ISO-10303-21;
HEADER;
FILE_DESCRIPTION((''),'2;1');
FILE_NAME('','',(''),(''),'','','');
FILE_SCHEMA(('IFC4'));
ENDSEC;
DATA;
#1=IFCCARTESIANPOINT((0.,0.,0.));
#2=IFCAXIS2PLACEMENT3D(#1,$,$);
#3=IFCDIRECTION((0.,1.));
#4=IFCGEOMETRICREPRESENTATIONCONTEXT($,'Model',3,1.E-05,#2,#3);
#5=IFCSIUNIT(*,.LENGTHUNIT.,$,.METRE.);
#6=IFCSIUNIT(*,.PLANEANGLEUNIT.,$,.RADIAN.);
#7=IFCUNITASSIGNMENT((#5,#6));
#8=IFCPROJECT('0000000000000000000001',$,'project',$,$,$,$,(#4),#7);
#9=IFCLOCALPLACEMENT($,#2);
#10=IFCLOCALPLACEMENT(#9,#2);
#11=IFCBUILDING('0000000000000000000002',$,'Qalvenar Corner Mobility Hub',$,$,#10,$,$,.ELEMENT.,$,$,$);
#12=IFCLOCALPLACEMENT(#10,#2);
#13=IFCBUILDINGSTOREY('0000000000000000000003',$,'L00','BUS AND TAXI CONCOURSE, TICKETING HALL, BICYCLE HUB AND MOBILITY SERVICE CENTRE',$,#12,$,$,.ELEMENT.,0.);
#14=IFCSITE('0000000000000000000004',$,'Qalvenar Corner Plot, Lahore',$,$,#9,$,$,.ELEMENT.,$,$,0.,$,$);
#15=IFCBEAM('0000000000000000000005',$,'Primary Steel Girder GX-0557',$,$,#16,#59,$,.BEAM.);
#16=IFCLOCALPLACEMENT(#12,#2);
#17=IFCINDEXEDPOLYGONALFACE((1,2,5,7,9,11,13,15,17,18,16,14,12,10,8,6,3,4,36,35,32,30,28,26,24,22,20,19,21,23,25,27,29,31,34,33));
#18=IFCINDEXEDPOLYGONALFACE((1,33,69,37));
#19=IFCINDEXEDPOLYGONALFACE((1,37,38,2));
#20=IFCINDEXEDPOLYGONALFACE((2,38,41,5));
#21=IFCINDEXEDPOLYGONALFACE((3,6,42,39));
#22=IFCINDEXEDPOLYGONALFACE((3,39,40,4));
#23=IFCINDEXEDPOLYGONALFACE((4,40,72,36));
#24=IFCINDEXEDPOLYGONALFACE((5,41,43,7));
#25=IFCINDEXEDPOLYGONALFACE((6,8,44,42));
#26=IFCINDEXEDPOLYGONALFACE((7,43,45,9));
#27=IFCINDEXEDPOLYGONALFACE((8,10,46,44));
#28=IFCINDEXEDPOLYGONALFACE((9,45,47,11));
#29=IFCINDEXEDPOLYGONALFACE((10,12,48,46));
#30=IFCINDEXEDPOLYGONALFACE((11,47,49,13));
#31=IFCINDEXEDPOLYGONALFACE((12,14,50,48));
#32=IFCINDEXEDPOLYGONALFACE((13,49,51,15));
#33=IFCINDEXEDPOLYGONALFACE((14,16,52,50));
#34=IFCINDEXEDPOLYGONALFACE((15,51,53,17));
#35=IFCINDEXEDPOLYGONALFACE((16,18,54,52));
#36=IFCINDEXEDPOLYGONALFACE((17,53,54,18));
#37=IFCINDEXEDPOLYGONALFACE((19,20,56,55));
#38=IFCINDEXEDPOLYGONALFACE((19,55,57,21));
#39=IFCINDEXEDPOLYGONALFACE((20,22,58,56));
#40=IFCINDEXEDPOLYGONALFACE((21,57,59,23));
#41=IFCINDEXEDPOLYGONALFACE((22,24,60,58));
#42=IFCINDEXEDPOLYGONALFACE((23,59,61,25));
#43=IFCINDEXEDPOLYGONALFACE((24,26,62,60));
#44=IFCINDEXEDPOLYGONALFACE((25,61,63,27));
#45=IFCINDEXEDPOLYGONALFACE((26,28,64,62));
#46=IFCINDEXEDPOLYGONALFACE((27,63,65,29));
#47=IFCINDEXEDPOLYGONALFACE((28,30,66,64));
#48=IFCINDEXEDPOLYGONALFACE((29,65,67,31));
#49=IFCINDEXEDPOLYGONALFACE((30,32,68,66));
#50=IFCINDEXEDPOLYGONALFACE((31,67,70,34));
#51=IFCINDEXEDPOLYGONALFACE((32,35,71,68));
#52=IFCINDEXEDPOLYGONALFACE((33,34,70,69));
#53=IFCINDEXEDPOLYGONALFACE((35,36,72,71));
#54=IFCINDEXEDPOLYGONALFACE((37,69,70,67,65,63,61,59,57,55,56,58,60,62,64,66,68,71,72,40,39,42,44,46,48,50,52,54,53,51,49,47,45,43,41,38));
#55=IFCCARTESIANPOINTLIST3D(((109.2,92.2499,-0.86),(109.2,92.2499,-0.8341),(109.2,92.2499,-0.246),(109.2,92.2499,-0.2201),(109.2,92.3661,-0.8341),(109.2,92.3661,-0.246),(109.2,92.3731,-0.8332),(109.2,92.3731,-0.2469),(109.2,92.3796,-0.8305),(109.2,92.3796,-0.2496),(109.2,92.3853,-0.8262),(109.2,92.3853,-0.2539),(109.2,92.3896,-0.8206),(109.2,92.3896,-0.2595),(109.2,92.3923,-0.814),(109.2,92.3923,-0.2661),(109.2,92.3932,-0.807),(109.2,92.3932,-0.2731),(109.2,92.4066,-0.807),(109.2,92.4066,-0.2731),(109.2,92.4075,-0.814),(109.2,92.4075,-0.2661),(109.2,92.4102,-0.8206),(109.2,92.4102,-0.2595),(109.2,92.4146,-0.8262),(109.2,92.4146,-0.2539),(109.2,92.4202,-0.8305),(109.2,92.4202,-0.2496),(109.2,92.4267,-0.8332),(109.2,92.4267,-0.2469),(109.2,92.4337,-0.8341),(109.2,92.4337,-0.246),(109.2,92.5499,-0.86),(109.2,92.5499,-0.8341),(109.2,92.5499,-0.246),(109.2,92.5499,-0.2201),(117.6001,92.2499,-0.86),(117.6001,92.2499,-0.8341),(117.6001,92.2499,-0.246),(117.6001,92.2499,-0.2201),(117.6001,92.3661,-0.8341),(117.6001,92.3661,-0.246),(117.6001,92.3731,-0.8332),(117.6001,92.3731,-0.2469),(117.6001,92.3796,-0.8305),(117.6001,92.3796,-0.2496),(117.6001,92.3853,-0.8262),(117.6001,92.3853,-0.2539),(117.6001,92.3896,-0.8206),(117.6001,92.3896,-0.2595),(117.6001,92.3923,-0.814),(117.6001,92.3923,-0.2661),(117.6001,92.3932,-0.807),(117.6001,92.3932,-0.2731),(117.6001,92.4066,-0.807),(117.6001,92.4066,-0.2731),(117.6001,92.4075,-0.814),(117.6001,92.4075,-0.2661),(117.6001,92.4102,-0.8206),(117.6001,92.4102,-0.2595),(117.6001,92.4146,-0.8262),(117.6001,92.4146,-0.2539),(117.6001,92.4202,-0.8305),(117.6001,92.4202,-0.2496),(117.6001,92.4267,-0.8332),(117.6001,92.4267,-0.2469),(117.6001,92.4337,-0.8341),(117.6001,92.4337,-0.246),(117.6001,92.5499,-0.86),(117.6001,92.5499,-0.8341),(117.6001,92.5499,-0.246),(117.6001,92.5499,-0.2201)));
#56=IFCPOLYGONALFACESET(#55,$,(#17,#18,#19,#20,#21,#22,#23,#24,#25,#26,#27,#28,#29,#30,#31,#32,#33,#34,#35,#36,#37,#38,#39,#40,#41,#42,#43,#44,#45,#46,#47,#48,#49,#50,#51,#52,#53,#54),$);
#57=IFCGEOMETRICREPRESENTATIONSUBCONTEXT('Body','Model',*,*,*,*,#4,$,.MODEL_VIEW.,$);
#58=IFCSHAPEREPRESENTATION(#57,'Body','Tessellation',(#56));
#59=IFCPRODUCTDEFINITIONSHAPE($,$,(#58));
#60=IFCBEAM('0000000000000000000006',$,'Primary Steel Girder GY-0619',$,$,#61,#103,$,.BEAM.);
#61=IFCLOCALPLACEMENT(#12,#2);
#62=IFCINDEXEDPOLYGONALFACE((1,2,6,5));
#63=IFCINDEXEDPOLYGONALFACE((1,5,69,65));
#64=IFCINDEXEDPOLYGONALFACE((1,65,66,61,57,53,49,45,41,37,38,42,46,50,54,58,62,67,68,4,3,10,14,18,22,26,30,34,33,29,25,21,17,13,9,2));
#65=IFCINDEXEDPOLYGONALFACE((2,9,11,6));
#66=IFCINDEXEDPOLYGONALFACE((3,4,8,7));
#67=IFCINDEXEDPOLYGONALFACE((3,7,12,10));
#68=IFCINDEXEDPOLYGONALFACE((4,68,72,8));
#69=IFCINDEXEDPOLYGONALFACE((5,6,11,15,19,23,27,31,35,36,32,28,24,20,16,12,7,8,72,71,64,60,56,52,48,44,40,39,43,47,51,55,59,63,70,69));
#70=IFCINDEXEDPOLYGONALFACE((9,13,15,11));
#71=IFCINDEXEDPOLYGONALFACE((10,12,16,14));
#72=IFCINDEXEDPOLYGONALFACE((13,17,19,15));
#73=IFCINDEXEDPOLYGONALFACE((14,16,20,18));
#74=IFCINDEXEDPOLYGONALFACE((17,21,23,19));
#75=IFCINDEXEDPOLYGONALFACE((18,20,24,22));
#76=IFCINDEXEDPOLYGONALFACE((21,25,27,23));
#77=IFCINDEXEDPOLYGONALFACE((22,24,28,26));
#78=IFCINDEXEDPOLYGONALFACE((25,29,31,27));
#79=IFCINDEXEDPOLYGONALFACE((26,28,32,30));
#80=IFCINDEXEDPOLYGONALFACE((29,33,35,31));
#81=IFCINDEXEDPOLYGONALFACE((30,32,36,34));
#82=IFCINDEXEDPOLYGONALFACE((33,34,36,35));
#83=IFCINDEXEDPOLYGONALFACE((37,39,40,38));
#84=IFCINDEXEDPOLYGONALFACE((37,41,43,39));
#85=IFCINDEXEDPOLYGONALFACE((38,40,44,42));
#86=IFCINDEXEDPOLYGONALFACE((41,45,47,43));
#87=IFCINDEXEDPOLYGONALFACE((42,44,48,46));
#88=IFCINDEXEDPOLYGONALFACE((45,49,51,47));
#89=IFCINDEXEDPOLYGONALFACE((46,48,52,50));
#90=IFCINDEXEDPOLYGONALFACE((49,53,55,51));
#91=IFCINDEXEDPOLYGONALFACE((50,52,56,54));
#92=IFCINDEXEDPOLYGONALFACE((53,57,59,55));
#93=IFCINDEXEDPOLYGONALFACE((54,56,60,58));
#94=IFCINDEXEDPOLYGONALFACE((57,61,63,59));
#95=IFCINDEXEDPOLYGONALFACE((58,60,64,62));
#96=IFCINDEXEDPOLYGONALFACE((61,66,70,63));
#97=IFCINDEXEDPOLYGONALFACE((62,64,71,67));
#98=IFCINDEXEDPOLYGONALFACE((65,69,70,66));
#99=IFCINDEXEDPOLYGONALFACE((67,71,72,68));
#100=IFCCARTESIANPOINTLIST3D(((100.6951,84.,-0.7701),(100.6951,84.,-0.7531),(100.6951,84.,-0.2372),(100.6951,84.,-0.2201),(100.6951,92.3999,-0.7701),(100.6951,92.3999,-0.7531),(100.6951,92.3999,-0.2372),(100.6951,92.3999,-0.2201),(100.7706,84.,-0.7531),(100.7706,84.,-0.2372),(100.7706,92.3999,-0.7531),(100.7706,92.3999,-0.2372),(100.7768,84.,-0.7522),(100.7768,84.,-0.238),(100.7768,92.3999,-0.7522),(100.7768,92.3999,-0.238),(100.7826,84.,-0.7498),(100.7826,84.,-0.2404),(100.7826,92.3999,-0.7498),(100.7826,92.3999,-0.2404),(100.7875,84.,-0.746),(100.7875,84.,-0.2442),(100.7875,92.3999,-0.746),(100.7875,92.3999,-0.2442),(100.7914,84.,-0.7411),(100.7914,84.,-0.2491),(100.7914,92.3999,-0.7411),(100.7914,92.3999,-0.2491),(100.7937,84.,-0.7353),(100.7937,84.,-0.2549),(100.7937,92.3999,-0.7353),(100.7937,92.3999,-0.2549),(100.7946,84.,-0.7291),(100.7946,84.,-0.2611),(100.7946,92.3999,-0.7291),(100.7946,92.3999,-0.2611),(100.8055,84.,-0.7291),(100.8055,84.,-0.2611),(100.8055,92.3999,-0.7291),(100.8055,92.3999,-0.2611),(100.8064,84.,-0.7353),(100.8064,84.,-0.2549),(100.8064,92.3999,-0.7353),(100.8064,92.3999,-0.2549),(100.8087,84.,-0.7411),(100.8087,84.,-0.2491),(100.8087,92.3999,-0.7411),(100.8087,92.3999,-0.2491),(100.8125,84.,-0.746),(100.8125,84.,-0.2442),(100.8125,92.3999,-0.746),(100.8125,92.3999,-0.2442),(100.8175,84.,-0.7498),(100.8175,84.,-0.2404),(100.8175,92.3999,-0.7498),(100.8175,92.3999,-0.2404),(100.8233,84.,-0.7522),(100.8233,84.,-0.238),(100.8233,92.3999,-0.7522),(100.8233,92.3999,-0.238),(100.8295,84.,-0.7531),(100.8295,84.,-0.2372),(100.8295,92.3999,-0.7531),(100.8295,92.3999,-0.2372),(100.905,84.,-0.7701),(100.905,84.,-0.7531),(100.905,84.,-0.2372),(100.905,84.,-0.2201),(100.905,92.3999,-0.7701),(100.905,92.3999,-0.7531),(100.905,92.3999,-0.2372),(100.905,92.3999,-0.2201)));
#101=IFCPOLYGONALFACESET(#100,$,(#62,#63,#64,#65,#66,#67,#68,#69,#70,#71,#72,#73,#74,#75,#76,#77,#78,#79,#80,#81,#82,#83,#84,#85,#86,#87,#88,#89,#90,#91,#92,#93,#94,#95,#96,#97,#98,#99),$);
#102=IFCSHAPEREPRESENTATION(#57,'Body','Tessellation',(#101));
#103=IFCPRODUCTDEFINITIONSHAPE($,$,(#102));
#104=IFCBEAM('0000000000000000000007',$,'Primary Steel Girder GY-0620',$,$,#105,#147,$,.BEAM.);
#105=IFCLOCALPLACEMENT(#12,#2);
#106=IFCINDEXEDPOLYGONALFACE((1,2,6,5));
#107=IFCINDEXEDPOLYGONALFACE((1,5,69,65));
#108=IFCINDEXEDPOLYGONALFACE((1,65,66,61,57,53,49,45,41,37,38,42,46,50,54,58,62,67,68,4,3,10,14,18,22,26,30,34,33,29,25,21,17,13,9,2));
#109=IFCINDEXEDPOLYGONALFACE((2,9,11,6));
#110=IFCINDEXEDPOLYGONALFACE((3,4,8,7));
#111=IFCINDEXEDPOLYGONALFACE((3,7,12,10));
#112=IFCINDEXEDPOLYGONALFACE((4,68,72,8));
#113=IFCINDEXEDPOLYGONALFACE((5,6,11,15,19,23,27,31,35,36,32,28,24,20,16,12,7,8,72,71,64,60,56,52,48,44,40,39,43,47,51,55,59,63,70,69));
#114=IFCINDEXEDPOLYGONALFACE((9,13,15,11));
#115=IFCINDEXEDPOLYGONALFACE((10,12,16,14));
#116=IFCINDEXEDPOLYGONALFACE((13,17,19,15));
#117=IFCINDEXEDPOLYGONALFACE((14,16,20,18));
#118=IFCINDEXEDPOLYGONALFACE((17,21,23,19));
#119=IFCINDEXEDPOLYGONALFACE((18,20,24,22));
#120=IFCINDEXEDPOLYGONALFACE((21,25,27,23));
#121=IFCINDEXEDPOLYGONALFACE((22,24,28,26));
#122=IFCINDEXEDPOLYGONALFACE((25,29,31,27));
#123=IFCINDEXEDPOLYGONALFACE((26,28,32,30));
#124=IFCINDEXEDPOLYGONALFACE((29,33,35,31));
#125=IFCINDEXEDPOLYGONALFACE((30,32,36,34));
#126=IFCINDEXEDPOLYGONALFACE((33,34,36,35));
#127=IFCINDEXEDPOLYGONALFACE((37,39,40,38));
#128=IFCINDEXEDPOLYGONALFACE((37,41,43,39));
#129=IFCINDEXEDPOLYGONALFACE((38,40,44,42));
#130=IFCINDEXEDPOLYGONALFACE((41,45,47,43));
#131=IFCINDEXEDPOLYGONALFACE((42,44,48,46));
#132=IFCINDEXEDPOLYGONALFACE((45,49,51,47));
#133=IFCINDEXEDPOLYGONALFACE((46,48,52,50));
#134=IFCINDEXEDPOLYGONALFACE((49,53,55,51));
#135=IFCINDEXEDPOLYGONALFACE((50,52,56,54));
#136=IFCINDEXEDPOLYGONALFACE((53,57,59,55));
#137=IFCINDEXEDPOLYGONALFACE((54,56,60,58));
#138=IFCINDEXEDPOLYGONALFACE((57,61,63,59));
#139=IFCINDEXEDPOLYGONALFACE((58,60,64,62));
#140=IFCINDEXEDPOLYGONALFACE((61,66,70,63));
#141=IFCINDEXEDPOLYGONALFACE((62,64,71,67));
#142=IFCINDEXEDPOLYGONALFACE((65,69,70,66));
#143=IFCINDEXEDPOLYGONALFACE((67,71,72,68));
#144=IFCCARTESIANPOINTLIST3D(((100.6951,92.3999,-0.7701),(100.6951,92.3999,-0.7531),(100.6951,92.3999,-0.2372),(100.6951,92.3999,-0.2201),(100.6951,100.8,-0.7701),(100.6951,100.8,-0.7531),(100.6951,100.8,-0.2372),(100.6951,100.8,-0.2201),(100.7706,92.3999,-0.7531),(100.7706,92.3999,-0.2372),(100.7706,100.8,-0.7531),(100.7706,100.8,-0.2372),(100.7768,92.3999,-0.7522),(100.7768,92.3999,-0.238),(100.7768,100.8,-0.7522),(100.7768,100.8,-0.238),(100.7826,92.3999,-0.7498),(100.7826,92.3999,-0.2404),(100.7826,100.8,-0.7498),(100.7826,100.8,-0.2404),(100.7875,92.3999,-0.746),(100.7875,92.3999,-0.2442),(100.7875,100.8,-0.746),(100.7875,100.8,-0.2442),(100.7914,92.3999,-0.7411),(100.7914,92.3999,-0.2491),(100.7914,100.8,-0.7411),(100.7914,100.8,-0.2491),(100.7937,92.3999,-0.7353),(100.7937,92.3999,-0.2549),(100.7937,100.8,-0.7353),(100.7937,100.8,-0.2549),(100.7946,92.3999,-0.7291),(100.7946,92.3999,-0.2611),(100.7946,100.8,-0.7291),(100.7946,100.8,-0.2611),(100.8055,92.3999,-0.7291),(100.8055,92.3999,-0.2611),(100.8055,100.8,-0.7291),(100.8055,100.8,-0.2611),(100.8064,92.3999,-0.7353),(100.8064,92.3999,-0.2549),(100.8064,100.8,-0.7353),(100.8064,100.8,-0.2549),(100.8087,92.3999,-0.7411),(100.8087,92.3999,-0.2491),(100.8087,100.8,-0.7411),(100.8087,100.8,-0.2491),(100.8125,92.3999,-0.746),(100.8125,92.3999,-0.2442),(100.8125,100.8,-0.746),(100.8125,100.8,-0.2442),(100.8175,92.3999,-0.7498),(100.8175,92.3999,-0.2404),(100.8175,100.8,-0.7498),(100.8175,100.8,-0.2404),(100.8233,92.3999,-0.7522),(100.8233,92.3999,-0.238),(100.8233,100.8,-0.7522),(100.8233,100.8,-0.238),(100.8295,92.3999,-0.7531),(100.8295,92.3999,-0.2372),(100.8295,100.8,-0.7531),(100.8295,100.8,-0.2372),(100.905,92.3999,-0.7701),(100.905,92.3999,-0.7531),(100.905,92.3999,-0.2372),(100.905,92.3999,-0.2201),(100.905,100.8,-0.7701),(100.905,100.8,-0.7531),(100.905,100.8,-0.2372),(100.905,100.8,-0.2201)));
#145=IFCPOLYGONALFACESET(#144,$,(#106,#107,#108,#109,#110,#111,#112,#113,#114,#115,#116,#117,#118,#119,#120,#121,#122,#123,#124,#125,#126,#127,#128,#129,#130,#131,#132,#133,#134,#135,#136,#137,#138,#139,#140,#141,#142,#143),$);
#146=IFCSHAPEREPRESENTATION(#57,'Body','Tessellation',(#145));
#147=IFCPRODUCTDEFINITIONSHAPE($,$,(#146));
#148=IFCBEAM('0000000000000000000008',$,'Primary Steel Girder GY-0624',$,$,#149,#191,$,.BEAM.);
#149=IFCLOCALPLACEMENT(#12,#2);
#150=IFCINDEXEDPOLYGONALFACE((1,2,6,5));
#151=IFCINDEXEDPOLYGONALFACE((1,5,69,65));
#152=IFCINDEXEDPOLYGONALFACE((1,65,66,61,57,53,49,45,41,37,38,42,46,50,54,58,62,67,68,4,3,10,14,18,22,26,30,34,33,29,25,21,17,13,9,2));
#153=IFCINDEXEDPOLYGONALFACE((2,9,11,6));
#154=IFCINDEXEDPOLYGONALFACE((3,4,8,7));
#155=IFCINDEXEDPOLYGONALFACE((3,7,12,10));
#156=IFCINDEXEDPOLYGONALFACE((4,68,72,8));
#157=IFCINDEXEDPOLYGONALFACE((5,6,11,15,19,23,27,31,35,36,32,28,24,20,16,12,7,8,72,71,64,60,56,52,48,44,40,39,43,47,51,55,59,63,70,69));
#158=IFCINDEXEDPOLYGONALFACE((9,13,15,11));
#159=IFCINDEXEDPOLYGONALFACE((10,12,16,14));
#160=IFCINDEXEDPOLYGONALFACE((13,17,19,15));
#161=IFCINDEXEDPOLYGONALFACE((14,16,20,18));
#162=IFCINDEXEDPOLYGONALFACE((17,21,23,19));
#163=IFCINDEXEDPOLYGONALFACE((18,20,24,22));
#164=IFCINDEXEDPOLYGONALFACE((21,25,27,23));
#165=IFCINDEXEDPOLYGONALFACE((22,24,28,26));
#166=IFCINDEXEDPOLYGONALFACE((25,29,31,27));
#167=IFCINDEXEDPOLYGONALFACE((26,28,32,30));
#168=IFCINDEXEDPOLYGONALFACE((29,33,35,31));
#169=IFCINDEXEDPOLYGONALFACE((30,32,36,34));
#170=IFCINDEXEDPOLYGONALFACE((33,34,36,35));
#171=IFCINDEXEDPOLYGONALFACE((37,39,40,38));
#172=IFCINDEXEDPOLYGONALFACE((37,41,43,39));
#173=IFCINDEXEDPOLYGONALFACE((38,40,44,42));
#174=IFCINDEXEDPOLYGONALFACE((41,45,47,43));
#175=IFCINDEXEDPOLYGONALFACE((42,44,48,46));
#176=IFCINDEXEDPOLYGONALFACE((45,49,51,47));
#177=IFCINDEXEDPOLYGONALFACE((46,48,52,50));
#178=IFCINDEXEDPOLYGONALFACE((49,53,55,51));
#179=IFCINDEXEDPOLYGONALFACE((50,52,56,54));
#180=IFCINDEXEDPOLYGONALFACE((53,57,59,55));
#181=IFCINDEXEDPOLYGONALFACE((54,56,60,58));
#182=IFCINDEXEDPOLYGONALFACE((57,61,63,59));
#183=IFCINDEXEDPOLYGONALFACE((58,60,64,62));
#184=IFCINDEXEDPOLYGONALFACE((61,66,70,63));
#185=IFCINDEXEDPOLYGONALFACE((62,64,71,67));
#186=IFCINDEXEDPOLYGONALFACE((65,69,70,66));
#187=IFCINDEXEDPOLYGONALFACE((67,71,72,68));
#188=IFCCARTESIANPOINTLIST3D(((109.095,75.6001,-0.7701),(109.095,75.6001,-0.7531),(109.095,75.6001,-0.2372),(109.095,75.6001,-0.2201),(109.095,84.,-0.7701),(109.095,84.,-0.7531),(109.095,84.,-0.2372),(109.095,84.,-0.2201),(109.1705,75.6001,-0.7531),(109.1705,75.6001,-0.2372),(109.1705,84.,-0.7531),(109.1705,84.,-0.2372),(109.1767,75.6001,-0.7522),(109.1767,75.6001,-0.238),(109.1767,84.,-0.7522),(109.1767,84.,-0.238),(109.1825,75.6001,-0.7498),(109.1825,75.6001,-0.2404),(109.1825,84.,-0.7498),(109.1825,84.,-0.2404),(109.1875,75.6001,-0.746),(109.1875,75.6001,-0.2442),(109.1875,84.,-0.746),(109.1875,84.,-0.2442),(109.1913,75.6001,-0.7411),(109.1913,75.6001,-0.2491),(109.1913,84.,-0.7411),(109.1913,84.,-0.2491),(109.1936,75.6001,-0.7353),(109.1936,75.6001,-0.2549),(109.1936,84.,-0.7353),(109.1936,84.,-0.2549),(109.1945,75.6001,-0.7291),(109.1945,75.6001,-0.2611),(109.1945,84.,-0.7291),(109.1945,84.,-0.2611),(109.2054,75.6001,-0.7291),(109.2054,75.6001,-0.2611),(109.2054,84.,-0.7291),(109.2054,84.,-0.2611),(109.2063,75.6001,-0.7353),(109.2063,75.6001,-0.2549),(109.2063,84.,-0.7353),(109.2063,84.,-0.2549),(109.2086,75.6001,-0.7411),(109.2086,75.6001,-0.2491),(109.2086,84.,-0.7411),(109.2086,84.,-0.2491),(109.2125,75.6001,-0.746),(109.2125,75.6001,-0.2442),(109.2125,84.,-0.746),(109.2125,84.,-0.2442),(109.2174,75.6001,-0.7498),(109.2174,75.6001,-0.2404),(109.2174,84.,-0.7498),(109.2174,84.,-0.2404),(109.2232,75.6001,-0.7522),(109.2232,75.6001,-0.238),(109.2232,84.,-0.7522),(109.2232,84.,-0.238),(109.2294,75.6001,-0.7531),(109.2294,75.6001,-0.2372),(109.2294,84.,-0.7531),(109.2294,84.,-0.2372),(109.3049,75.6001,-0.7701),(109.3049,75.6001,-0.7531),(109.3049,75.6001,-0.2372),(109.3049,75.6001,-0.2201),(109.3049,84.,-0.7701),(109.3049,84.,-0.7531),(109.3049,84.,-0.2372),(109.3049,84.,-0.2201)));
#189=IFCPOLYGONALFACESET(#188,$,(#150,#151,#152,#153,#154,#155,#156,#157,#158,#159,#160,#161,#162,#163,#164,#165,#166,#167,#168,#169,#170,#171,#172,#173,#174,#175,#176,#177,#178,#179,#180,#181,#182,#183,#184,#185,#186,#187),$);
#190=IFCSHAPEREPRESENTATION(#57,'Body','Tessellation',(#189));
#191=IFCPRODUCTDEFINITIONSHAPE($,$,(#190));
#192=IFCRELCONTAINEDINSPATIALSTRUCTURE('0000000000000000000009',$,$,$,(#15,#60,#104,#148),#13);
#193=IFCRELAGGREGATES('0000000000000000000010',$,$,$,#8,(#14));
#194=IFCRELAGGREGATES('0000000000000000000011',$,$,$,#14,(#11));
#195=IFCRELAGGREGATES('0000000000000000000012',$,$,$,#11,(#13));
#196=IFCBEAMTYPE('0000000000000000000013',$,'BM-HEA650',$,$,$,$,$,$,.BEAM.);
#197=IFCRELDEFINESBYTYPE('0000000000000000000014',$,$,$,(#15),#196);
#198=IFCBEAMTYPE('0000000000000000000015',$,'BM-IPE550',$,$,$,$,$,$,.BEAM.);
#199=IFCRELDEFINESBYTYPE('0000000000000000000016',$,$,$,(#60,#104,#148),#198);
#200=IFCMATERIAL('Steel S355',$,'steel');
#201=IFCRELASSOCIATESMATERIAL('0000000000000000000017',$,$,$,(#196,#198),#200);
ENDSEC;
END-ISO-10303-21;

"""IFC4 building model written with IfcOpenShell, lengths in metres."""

from ifc_helpers import new_model, si_unit, direction, frame, origin, origin_2d, place, context, subcontext, project, spatial, i_section, extrude, material, material_profile, profile_set, type_object, element, save


model = new_model("IFC4")

# Units and contexts
model_context = context("Model", 3, precision=1e-05, world=origin(), true_north=direction((0.0, 1.0)))
body_context = subcontext(model_context, "Body", "Model", "MODEL_VIEW")
ifc_project = project(units=[si_unit("LENGTHUNIT", "METRE"), si_unit("PLANEANGLEUNIT", "RADIAN")], contexts=[model_context])

# Site, building, storey
site_placement = place(None, origin())
site = spatial("IfcSite", under=ifc_project, at=site_placement, Name="Qalvenar Corner Plot, Lahore", CompositionType="ELEMENT", RefElevation=0.0)
building_placement = place(site_placement, origin())
building = spatial("IfcBuilding", under=site, at=building_placement, Name="Qalvenar Corner Mobility Hub", CompositionType="ELEMENT")
storey_placement = place(building_placement, origin())
storey = spatial("IfcBuildingStorey", under=building, at=storey_placement, Name="L00", Description="BUS AND TAXI CONCOURSE, TICKETING HALL, BICYCLE HUB AND MOBILITY SERVICE CENTRE", CompositionType="ELEMENT", Elevation=0.0)

# Shared definitions
ifc_material = material(Name="Steel S355", Category="steel")

# Beams
ifc_material_profile_1 = material_profile(ifc_material, i_section(OverallWidth=0.3, OverallDepth=0.6399, WebThickness=0.0134, FlangeThickness=0.0259, FilletRadius=0.0271, at=origin_2d()), Name="HEA650")
ifc_profile_set_1 = profile_set([ifc_material_profile_1], Name="Steel S355")
beam_type_1 = type_object("IfcBeamType", Name="BM-HEA650", PredefinedType="BEAM", material=ifc_profile_set_1)
beam_1_placement = place(storey_placement, frame((109.2, 92.3999, -0.54), z_axis=(1.0, 0.0, 0.0), x_axis=(0.0, 1.0, 0.0)))
element("IfcBeam", 1, at=beam_1_placement, inside=storey, type_object=beam_type_1, Name="Primary Steel Girder GX-0557", PredefinedType="BEAM", context=body_context, shape_type="SweptSolid", body=[
    extrude(i_section(OverallWidth=0.3, OverallDepth=0.6399, WebThickness=0.0134, FlangeThickness=0.0259, FilletRadius=0.0271, at=origin_2d()), origin(), (0.0, 0.0, 1.0), 8.4001),
])
ifc_material_profile_2 = material_profile(ifc_material, i_section(OverallWidth=0.21, OverallDepth=0.55, WebThickness=0.011, FlangeThickness=0.0171, FilletRadius=0.0239, at=origin_2d()), Name="IPE550")
ifc_profile_set_2 = profile_set([ifc_material_profile_2], Name="Steel S355")
beam_type_2 = type_object("IfcBeamType", Name="BM-IPE550", PredefinedType="BEAM", material=ifc_profile_set_2)
beam_2_placement = place(storey_placement, frame((100.8, 84.0, -0.4951), z_axis=(0.0, 1.0, 0.0), x_axis=(-1.0, 0.0, 0.0)))
element("IfcBeam", 2, at=beam_2_placement, inside=storey, type_object=beam_type_2, Name="Primary Steel Girder GY-0619", PredefinedType="BEAM", context=body_context, shape_type="SweptSolid", body=[
    extrude(i_section(OverallWidth=0.21, OverallDepth=0.55, WebThickness=0.011, FlangeThickness=0.0171, FilletRadius=0.0239, at=origin_2d()), origin(), (0.0, 0.0, 1.0), 8.3999),
])
beam_3_placement = place(storey_placement, frame((100.8, 92.3999, -0.4951), z_axis=(0.0, 1.0, 0.0), x_axis=(-1.0, 0.0, 0.0)))
element("IfcBeam", 3, at=beam_3_placement, inside=storey, type_object=beam_type_2, Name="Primary Steel Girder GY-0620", PredefinedType="BEAM", context=body_context, shape_type="SweptSolid", body=[
    extrude(i_section(OverallWidth=0.21, OverallDepth=0.55, WebThickness=0.011, FlangeThickness=0.0171, FilletRadius=0.0239, at=origin_2d()), origin(), (0.0, 0.0, 1.0), 8.4001),
])
for number, where, z_axis, x_axis, name in (
    (4, (109.2, 75.6001, -0.4951), (0.0, 1.0, 0.0), (-1.0, 0.0, 0.0), "Primary Steel Girder GY-0624"),
):
    element("IfcBeam", number, at=place(storey_placement, frame(where, z_axis=z_axis, x_axis=x_axis)), inside=storey, type_object=beam_type_2, Name=name, PredefinedType="BEAM", context=body_context, shape_type="SweptSolid", body=[
        extrude(i_section(OverallWidth=0.21, OverallDepth=0.55, WebThickness=0.011, FlangeThickness=0.0171, FilletRadius=0.0239, at=origin_2d()), origin(), (0.0, 0.0, 1.0), 8.3999),
    ])

save(model, "model.ifc")
